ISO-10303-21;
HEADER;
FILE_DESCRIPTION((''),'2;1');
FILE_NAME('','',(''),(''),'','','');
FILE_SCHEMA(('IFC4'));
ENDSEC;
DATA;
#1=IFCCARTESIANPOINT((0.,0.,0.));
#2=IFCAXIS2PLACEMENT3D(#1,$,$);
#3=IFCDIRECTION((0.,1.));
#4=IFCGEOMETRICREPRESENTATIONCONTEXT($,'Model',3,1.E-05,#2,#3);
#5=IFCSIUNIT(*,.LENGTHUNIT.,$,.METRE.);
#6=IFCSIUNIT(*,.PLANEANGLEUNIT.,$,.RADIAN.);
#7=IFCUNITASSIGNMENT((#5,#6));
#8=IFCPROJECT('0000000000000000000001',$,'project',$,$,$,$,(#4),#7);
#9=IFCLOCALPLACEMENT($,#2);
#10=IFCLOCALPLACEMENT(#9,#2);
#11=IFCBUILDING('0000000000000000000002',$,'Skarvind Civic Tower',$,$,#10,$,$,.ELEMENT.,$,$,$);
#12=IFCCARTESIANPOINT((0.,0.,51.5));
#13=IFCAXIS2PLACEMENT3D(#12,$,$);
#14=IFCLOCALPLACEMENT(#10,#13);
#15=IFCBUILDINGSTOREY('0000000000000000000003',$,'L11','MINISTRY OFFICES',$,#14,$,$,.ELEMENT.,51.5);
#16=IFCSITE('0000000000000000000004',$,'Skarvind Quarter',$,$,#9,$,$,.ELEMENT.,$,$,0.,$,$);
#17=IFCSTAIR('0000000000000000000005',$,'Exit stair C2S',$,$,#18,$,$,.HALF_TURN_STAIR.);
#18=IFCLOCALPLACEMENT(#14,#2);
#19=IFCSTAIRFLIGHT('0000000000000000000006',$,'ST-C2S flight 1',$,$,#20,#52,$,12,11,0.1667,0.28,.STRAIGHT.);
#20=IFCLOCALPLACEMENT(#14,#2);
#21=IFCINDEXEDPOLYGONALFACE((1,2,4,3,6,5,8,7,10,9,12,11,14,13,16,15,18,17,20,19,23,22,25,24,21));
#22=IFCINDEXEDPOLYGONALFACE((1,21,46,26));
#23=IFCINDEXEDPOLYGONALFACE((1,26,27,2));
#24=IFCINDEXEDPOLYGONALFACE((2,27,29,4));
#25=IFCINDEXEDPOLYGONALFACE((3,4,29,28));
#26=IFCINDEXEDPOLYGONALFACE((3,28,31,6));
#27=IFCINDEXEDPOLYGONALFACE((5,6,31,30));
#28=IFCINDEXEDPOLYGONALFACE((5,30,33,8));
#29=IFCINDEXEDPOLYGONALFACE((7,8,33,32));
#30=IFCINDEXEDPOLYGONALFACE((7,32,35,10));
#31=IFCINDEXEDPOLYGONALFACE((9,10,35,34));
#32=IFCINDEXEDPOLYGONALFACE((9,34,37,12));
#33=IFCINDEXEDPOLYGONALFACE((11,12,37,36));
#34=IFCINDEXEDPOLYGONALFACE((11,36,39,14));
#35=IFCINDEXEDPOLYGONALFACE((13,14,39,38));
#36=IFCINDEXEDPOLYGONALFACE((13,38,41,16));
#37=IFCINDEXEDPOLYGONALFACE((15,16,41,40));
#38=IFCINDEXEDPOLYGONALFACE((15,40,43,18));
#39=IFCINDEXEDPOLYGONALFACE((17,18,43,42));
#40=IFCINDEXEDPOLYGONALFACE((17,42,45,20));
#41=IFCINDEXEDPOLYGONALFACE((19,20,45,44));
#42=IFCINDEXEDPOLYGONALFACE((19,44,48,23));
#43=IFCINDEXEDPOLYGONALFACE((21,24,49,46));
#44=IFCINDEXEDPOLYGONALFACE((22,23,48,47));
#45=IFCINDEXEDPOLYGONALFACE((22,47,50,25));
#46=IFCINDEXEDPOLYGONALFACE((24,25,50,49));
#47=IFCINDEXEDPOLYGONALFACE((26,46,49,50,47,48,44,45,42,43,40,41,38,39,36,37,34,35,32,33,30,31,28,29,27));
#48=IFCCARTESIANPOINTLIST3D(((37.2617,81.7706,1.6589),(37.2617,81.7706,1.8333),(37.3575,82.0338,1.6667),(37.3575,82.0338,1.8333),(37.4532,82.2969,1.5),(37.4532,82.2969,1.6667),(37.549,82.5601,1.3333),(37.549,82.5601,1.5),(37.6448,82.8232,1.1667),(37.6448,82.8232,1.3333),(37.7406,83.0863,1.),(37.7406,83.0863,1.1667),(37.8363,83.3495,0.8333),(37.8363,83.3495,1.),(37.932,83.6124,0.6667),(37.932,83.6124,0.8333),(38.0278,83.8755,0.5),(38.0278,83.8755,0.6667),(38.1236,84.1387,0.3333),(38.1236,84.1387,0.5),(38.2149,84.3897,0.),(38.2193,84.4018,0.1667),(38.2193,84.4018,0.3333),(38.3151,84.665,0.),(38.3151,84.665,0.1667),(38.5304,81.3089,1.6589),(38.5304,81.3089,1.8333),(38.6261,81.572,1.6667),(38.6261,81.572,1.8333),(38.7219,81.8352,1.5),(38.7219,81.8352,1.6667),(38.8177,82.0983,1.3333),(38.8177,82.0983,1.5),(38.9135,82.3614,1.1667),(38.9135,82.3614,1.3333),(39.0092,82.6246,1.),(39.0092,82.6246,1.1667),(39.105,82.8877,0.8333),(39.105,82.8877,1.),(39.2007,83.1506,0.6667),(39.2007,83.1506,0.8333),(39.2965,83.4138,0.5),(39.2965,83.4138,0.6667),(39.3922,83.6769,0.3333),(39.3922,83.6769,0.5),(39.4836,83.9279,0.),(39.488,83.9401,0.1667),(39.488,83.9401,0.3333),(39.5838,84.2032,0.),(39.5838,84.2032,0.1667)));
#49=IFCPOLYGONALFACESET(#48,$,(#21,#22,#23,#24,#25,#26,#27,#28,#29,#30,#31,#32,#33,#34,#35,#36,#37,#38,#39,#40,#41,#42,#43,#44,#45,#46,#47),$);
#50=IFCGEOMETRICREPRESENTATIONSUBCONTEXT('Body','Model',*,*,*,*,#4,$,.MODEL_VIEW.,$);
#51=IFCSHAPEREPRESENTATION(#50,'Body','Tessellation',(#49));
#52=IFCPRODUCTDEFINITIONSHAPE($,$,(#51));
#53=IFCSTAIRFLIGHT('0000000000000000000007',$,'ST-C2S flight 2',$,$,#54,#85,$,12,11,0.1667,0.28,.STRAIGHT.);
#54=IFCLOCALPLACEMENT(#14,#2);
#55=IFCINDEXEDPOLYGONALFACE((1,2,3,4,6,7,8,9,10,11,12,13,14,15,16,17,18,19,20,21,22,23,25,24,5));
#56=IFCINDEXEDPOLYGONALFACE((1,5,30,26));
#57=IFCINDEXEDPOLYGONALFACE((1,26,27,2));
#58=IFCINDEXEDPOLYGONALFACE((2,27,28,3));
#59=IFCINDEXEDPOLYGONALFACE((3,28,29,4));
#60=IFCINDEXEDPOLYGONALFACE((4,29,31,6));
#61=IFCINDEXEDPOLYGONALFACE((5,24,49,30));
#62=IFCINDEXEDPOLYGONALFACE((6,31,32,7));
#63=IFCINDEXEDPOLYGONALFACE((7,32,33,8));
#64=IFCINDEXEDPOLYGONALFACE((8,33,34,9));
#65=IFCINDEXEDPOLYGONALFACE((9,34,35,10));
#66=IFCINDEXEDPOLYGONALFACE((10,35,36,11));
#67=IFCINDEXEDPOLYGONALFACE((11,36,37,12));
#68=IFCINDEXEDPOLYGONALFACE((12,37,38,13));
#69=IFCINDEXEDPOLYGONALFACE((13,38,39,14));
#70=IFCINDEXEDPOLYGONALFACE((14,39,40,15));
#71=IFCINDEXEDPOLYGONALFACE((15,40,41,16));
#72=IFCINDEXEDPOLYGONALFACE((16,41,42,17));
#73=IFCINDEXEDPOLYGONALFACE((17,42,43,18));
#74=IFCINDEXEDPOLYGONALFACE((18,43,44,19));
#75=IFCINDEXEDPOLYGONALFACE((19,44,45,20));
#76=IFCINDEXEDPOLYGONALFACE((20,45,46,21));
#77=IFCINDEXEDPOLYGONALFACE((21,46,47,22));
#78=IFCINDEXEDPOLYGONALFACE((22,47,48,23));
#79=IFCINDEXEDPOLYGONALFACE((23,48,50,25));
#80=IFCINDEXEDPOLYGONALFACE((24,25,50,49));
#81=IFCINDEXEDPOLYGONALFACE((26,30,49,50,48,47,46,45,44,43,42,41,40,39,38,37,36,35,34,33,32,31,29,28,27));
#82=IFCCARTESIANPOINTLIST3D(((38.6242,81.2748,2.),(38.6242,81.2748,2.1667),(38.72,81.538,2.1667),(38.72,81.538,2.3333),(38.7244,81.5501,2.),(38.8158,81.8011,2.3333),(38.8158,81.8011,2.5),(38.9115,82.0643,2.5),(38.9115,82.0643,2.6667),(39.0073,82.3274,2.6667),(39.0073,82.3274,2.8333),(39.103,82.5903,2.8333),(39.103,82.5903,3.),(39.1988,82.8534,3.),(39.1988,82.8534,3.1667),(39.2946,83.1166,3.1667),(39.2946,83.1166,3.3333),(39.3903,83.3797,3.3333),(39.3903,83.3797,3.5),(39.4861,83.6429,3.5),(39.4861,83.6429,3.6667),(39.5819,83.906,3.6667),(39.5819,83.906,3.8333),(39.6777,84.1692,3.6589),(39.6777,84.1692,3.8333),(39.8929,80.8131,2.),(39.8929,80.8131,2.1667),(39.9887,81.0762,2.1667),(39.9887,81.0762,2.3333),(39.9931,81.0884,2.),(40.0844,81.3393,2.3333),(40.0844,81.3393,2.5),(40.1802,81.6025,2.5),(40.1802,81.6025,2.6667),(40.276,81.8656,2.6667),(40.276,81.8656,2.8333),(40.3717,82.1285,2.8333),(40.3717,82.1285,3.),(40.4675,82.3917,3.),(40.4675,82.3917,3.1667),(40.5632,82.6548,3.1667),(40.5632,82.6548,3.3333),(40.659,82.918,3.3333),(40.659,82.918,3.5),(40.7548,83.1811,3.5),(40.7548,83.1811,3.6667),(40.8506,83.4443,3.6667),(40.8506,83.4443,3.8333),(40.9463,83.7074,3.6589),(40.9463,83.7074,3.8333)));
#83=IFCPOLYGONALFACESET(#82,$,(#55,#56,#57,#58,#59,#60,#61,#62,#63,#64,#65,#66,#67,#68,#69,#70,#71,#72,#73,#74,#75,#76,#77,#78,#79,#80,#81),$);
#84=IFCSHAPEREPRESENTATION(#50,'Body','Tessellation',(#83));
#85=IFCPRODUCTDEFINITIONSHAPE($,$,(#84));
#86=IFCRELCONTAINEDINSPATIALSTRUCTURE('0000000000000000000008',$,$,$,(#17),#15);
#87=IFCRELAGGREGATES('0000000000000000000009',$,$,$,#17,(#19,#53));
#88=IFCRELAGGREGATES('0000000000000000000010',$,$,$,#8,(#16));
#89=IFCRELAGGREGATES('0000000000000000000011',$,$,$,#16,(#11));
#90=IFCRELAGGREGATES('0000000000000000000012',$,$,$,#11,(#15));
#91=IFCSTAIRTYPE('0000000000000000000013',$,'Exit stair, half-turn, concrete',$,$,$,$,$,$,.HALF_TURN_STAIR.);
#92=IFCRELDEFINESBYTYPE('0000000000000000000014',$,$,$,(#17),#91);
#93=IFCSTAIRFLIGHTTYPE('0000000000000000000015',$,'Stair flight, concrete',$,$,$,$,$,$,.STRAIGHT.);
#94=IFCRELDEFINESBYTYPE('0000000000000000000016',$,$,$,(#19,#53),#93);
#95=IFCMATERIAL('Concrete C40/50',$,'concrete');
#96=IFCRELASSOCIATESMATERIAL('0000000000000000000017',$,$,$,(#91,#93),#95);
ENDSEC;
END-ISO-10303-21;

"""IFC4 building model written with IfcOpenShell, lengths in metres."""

from ifc_helpers import new_model, si_unit, direction, frame, origin, place, context, subcontext, project, spatial, polyline, outline, extrude, material, type_object, element, aggregate, save


model = new_model("IFC4")

# Units and contexts
model_context = context("Model", 3, precision=1e-05, world=origin(), true_north=direction((0.0, 1.0)))
body_context = subcontext(model_context, "Body", "Model", "MODEL_VIEW")
ifc_project = project(units=[si_unit("LENGTHUNIT", "METRE"), si_unit("PLANEANGLEUNIT", "RADIAN")], contexts=[model_context])

# Site, building, storey
site_placement = place(None, origin())
site = spatial("IfcSite", under=ifc_project, at=site_placement, Name="Skarvind Quarter", CompositionType="ELEMENT", RefElevation=0.0)
building_placement = place(site_placement, origin())
building = spatial("IfcBuilding", under=site, at=building_placement, Name="Skarvind Civic Tower", CompositionType="ELEMENT")
storey_placement = place(building_placement, frame((0.0, 0.0, 51.5)))
storey = spatial("IfcBuildingStorey", under=building, at=storey_placement, Name="L11", Description="MINISTRY OFFICES", CompositionType="ELEMENT", Elevation=51.5)

# Stair, stair flights
ifc_material_1 = material(Name="Concrete C40/50", Category="concrete")
stair_type = type_object("IfcStairType", Name="Exit stair, half-turn, concrete", PredefinedType="HALF_TURN_STAIR", material=ifc_material_1)
stair_placement = place(storey_placement, origin())
stair = element("IfcStair", 1, at=stair_placement, inside=storey, type_object=stair_type, Name="Exit stair C2S", PredefinedType="HALF_TURN_STAIR")
stair_flight_type = type_object("IfcStairFlightType", Name="Stair flight, concrete", PredefinedType="STRAIGHT", material=ifc_material_1)
stair_flight_1_placement = place(storey_placement, frame((38.9495, 84.4341, 0.0), z_axis=(0.0, 0.0, 1.0), x_axis=(-0.34202, -0.939693, 0.0)))
stair_flight_1 = element("IfcStairFlight", 2, at=stair_flight_1_placement, type_object=stair_flight_type, Name="ST-C2S flight 1", NumberOfRisers=12, NumberOfTreads=11, PredefinedType="STRAIGHT", RiserHeight=0.1667, TreadLength=0.28, context=body_context, shape_type="SweptSolid", body=[
    extrude(outline(polyline([(0.0, 0.0), (0.0, 0.1667), (0.28, 0.1667), (0.28, 0.3333), (0.5601, 0.3333), (0.5601, 0.5), (0.8401, 0.5), (0.8401, 0.6667), (1.1201, 0.6667), (1.1201, 0.8333), (1.3999, 0.8333), (1.3999, 1.0), (1.6799, 1.0), (1.6799, 1.1667), (1.96, 1.1667), (1.96, 1.3333), (2.24, 1.3333), (2.24, 1.5), (2.52, 1.5), (2.52, 1.6667), (2.8, 1.6667), (2.8, 1.8333), (3.0801, 1.8333), (3.0801, 2.0), (3.0801, 1.6589), (0.293, 0.0), (0.0, 0.0)])), frame((0.0, 0.675, 0.0), z_axis=(0.0, -1.0, 0.0), x_axis=(1.0, 0.0, 0.0)), (0.0, 0.0, 1.0), 1.3501),
])
stair_flight_2_placement = place(storey_placement, frame((39.2585, 81.0439, 2.0), z_axis=(0.0, 0.0, 1.0), x_axis=(0.34202, 0.939693, 0.0)))
stair_flight_2 = element("IfcStairFlight", 3, at=stair_flight_2_placement, type_object=stair_flight_type, Name="ST-C2S flight 2", NumberOfRisers=12, NumberOfTreads=11, PredefinedType="STRAIGHT", RiserHeight=0.1667, TreadLength=0.28, context=body_context, shape_type="SweptSolid", body=[
    extrude(outline(polyline([(0.0, 0.0), (0.0, 0.1667), (0.28, 0.1667), (0.28, 0.3333), (0.5601, 0.3333), (0.5601, 0.5), (0.8401, 0.5), (0.8401, 0.6667), (1.1201, 0.6667), (1.1201, 0.8333), (1.3999, 0.8333), (1.3999, 1.0), (1.6799, 1.0), (1.6799, 1.1667), (1.96, 1.1667), (1.96, 1.3333), (2.24, 1.3333), (2.24, 1.5), (2.52, 1.5), (2.52, 1.6667), (2.8, 1.6667), (2.8, 1.8333), (3.0801, 1.8333), (3.0801, 2.0), (3.0801, 1.6589), (0.293, 0.0), (0.0, 0.0)])), frame((0.0, 0.675, 0.0), z_axis=(0.0, -1.0, 0.0), x_axis=(1.0, 0.0, 0.0)), (0.0, 0.0, 1.0), 1.3501),
])
aggregate(stair, [stair_flight_1, stair_flight_2])

save(model, "model.ifc")
